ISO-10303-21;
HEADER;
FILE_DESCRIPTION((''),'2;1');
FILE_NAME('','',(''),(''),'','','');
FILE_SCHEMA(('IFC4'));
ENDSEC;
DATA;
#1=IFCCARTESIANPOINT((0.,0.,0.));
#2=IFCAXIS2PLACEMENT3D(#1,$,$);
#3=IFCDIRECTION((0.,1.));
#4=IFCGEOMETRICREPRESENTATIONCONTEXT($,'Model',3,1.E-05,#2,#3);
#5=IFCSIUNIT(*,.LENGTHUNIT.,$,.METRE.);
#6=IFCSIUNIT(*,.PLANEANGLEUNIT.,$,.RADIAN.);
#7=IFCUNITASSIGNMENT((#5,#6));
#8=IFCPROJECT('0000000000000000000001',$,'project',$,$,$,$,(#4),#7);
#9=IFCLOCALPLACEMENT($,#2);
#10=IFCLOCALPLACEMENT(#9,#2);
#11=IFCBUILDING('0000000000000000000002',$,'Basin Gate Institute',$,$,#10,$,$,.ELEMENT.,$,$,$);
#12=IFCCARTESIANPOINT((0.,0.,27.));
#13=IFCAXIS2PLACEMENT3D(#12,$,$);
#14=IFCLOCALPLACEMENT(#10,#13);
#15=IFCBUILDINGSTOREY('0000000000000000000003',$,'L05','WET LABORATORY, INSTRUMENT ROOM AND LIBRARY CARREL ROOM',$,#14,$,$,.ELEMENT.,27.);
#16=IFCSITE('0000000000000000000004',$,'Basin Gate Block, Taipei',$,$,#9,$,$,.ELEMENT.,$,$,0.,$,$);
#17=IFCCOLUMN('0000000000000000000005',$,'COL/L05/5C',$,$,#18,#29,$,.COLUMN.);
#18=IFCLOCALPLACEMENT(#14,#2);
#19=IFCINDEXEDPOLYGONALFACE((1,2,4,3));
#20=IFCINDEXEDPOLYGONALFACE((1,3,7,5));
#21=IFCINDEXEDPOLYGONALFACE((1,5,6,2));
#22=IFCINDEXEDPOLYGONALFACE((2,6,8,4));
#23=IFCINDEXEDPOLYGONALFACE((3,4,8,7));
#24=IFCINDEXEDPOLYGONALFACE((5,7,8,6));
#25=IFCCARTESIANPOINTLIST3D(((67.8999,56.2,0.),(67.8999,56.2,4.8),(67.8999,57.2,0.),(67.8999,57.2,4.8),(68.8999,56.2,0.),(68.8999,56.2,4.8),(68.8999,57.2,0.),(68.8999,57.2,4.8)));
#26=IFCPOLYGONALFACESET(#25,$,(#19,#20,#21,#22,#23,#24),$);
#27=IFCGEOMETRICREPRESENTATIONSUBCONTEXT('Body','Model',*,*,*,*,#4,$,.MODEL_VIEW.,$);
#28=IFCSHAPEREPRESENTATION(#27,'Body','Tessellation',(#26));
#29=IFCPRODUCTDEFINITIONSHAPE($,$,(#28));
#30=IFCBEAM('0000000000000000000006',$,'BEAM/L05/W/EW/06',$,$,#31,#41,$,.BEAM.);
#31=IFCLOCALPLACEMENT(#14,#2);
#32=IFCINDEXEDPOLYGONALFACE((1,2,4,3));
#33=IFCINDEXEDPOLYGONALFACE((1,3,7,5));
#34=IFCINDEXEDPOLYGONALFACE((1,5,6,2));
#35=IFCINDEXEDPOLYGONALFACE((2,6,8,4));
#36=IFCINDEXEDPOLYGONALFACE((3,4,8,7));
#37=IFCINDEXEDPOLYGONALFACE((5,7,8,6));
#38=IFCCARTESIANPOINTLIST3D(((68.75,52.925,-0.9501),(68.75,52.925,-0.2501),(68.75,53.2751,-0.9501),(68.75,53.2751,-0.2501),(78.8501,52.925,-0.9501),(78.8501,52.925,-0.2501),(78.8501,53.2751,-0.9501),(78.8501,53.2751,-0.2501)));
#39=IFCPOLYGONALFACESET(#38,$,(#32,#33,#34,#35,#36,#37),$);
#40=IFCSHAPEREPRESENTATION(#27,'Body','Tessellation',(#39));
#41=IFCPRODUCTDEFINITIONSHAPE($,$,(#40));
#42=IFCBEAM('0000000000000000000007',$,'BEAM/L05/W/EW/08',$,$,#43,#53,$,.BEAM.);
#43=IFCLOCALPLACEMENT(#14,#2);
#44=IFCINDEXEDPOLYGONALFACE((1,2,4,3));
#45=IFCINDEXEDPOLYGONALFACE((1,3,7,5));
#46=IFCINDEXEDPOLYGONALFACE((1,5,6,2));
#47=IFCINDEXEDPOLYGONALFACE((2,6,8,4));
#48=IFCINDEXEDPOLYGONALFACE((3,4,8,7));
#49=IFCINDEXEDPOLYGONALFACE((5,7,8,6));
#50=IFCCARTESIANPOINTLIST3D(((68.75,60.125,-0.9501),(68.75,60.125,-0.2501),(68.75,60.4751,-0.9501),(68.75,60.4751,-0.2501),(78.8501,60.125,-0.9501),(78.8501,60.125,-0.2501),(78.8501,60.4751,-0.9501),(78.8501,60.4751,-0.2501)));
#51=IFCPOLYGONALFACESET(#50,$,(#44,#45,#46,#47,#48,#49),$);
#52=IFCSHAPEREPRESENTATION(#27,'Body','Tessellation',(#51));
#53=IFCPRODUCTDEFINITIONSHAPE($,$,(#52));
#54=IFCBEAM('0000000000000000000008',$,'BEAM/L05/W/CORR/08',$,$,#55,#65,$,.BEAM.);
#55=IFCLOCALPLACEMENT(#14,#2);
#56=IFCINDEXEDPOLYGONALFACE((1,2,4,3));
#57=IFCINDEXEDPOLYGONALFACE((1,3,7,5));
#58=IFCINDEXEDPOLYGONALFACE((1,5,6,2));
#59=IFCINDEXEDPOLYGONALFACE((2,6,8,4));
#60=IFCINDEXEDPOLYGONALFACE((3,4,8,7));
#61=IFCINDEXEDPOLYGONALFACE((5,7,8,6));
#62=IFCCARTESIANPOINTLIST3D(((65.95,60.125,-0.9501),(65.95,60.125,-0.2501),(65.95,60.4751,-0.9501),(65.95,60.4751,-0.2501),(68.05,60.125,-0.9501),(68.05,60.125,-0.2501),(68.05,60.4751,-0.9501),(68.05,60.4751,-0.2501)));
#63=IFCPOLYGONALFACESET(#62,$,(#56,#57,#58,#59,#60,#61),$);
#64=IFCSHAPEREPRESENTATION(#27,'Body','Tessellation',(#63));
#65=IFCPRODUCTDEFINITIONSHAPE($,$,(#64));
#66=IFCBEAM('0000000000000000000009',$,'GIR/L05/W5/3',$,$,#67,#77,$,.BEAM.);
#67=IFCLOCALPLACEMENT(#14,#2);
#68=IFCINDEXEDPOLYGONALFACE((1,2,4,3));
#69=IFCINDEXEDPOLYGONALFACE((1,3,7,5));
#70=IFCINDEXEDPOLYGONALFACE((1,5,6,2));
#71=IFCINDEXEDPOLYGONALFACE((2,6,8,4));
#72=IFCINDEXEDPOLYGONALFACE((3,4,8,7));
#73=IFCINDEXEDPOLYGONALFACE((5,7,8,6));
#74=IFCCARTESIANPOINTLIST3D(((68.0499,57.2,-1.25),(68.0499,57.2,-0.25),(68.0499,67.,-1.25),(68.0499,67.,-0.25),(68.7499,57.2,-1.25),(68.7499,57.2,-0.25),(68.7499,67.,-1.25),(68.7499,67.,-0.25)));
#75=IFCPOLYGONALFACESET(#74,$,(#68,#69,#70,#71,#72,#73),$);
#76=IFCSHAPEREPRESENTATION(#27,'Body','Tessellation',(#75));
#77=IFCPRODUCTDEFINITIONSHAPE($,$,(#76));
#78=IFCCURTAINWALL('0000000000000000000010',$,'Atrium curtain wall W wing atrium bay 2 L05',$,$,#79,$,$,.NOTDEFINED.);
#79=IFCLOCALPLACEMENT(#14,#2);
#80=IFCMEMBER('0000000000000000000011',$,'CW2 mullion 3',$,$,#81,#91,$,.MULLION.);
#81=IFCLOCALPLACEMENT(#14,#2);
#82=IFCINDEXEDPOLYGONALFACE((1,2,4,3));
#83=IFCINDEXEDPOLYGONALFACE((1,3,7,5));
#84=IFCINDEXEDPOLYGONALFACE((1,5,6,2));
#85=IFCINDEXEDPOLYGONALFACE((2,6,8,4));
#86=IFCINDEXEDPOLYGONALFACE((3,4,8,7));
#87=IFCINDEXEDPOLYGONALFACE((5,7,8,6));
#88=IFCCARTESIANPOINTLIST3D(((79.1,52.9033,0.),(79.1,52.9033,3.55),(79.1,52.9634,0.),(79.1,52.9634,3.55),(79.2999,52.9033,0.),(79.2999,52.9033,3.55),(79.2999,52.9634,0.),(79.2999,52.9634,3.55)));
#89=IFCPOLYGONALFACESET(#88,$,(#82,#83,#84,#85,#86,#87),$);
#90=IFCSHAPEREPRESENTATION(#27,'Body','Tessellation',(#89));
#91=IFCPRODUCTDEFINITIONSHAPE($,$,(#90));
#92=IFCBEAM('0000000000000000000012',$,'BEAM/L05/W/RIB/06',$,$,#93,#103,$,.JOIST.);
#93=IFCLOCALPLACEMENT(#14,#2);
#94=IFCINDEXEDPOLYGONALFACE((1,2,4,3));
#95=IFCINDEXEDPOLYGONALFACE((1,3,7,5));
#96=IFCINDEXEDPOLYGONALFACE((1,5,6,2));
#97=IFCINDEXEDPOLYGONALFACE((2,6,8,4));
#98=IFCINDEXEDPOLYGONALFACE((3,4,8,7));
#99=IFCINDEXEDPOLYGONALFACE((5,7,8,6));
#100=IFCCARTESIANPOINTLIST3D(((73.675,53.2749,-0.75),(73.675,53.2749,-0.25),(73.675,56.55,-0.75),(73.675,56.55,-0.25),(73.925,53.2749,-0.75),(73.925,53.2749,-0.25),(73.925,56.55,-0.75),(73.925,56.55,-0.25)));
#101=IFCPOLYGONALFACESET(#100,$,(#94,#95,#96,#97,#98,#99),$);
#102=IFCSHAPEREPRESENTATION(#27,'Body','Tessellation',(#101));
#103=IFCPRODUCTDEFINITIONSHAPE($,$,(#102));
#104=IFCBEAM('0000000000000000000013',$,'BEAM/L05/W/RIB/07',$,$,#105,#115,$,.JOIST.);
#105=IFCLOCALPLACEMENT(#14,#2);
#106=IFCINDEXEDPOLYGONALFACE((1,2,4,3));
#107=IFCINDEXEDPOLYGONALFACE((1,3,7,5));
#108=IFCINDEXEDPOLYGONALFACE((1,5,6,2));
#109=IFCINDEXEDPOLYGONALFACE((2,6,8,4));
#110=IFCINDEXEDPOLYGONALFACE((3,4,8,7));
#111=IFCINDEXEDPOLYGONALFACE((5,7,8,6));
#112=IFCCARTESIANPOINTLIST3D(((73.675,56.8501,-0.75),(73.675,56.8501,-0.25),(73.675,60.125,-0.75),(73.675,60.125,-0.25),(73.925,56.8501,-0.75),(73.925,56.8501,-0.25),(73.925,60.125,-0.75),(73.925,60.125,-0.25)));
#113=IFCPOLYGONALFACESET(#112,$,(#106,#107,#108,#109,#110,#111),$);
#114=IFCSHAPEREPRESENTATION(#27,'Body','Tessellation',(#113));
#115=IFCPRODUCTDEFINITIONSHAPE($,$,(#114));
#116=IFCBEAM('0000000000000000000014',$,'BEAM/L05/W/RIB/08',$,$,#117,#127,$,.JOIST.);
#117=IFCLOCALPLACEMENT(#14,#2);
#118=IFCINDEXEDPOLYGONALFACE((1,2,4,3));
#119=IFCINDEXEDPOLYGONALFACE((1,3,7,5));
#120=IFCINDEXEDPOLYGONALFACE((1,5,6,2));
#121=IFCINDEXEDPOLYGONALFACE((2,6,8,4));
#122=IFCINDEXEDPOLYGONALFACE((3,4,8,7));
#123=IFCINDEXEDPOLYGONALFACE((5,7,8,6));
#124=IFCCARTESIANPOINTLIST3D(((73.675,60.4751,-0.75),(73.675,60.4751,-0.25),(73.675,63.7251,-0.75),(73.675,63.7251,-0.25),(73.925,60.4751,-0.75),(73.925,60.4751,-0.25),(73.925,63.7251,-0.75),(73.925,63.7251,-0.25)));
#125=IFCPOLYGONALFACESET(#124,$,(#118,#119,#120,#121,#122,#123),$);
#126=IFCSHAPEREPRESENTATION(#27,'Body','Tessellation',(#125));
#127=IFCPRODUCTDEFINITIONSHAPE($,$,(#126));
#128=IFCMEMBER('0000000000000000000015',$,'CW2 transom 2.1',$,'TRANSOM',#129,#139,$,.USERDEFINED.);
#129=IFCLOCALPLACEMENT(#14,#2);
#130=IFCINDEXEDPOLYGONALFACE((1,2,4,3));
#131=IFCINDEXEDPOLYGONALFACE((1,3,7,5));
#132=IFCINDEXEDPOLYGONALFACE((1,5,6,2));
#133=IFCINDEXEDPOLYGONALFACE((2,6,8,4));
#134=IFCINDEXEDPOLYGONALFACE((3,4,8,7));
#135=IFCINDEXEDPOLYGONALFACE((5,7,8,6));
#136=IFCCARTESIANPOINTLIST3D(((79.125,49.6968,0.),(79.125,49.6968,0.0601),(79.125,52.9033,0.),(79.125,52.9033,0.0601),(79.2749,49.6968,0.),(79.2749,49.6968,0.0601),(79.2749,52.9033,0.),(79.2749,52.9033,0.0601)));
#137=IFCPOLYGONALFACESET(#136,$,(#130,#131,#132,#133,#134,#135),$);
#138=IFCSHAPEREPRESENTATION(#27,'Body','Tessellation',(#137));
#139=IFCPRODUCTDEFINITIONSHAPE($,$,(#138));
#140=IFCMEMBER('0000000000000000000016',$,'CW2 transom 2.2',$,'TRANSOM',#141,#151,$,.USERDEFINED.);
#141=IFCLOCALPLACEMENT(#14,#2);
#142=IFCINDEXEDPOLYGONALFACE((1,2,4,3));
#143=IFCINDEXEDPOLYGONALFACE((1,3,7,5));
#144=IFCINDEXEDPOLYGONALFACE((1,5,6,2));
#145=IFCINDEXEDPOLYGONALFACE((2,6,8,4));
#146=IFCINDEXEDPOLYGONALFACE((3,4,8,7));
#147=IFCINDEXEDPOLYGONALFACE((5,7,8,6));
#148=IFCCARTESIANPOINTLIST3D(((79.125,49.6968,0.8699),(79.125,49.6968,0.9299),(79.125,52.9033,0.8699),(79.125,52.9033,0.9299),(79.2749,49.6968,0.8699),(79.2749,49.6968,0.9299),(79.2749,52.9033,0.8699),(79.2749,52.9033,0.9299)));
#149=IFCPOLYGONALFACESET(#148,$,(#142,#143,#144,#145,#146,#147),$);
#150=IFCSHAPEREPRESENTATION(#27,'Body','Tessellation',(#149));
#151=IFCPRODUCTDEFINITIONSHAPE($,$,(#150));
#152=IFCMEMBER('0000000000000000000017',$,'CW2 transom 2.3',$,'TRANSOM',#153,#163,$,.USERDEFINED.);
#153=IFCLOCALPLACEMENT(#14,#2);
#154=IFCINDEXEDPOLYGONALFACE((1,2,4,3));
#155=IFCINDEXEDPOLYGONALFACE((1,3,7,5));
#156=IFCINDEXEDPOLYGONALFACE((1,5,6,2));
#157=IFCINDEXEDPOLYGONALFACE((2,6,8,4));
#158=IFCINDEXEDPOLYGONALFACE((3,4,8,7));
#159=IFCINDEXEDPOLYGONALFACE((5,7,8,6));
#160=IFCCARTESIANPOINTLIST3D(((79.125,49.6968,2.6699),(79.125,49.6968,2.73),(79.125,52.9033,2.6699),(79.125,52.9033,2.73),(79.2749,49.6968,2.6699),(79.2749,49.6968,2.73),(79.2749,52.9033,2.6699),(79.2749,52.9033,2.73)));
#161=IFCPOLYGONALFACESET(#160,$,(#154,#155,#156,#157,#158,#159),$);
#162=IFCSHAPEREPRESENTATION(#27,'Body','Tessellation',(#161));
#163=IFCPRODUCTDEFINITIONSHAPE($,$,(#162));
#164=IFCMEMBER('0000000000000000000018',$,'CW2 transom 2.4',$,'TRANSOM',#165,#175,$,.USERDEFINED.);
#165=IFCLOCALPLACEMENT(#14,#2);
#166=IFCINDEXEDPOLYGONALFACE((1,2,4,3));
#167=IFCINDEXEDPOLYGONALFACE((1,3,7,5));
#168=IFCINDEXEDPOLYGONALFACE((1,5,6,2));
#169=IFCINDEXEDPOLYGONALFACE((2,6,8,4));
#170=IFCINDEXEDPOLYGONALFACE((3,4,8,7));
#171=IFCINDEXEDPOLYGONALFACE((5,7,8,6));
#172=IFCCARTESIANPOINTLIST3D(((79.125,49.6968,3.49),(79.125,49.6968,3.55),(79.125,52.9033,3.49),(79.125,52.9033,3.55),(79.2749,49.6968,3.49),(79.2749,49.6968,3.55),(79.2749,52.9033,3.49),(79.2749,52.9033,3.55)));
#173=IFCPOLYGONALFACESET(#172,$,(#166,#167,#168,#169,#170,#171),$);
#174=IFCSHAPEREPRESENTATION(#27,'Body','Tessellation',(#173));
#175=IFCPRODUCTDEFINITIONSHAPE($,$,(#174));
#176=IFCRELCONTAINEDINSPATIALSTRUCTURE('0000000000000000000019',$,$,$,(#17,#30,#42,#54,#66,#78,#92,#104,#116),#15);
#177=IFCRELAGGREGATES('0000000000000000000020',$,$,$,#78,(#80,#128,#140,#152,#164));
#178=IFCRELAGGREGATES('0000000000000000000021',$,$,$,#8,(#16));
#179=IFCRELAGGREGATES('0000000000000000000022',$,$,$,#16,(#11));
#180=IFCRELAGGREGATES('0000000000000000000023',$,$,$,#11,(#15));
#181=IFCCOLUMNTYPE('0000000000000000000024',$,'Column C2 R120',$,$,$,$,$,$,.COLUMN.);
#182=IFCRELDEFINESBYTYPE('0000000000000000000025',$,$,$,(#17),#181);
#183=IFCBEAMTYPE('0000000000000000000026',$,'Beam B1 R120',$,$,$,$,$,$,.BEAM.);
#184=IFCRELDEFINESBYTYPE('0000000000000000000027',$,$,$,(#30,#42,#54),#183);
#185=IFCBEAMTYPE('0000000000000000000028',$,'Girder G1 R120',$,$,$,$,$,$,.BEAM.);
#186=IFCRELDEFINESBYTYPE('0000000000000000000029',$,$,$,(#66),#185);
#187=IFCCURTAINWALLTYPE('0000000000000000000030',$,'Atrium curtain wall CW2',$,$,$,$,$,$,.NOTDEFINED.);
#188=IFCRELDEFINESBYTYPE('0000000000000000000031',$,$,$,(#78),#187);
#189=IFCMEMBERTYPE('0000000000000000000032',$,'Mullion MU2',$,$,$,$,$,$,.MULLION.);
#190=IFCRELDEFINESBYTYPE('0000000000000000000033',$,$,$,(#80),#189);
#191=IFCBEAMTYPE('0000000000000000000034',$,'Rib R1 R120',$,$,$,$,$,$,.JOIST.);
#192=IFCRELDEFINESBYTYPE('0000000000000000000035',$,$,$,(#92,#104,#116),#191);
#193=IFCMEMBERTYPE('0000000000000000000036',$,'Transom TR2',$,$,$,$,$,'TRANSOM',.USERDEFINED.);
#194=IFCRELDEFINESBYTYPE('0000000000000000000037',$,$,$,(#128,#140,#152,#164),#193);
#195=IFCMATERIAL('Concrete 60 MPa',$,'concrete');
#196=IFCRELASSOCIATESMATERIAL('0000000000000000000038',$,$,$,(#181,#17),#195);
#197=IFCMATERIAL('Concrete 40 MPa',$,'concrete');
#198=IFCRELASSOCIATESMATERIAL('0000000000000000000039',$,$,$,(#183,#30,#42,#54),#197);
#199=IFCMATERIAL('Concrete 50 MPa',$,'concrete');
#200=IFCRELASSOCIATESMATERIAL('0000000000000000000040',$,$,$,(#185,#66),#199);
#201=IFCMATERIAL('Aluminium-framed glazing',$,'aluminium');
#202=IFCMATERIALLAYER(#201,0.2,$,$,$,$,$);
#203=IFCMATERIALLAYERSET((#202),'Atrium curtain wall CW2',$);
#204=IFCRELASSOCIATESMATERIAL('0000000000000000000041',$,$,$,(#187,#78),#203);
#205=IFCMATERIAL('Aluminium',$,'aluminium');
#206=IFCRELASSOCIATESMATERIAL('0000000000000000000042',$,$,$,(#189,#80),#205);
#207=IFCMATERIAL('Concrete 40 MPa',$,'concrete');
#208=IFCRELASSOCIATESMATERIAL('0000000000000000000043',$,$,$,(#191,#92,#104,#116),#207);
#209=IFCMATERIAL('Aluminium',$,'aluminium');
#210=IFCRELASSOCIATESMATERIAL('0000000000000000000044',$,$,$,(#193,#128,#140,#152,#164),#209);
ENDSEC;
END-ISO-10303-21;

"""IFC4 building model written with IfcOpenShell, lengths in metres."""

from ifc_helpers import new_model, si_unit, direction, frame, origin, origin_2d, place, context, subcontext, project, spatial, rectangle, extrude, material, layer, layer_set, material_profile, profile_set, type_object, element, aggregate, save


model = new_model("IFC4")

# Units and contexts
model_context = context("Model", 3, precision=1e-05, world=origin(), true_north=direction((0.0, 1.0)))
body_context = subcontext(model_context, "Body", "Model", "MODEL_VIEW")
ifc_project = project(units=[si_unit("LENGTHUNIT", "METRE"), si_unit("PLANEANGLEUNIT", "RADIAN")], contexts=[model_context])

# Site, building, storey
site_placement = place(None, origin())
site = spatial("IfcSite", under=ifc_project, at=site_placement, Name="Basin Gate Block, Taipei", CompositionType="ELEMENT", RefElevation=0.0)
building_placement = place(site_placement, origin())
building = spatial("IfcBuilding", under=site, at=building_placement, Name="Basin Gate Institute", CompositionType="ELEMENT")
storey_placement = place(building_placement, frame((0.0, 0.0, 27.0)))
storey = spatial("IfcBuildingStorey", under=building, at=storey_placement, Name="L05", Description="WET LABORATORY, INSTRUMENT ROOM AND LIBRARY CARREL ROOM", CompositionType="ELEMENT", Elevation=27.0)

# Column
ifc_material_1 = material(Name="Concrete 60 MPa", Category="concrete")
ifc_material_profile_1 = material_profile(ifc_material_1, rectangle(XDim=1.0, YDim=1.0, at=origin_2d()), Name="Column C2 1000 x 1000")
ifc_profile_set_1 = profile_set([ifc_material_profile_1], Name="Concrete 60 MPa")
column_type = type_object("IfcColumnType", Name="Column C2 R120", PredefinedType="COLUMN", material=ifc_profile_set_1)
column_placement = place(storey_placement, frame((68.3999, 56.7, 0.0), z_axis=(0.0, 0.0, 1.0), x_axis=(1.0, 0.0, 0.0)))
element("IfcColumn", 1, at=column_placement, inside=storey, type_object=column_type, material=ifc_profile_set_1, Name="COL/L05/5C", PredefinedType="COLUMN", context=body_context, shape_type="SweptSolid", body=[
    extrude(rectangle(XDim=1.0, YDim=1.0, at=origin_2d()), origin(), (0.0, 0.0, 1.0), 4.8),
])

# Beams
ifc_material_2 = material(Name="Concrete 40 MPa", Category="concrete")
ifc_material_profile_2 = material_profile(ifc_material_2, rectangle(XDim=0.3501, YDim=0.7, at=origin_2d()), Name="Beam B1 350 x 700")
ifc_profile_set_2 = profile_set([ifc_material_profile_2], Name="Concrete 40 MPa")
beam_type_1 = type_object("IfcBeamType", Name="Beam B1 R120", PredefinedType="BEAM", material=ifc_profile_set_2)
for number, where, z_axis, x_axis, name in (
    (2, (68.75, 53.1001, -0.6001), (1.0, 0.0, 0.0), (0.0, 1.0, 0.0), "BEAM/L05/W/EW/06"),
    (3, (68.75, 60.3, -0.6001), (1.0, 0.0, 0.0), (0.0, 1.0, 0.0), "BEAM/L05/W/EW/08"),
):
    element("IfcBeam", number, at=place(storey_placement, frame(where, z_axis=z_axis, x_axis=x_axis)), inside=storey, type_object=beam_type_1, material=ifc_profile_set_2, Name=name, PredefinedType="BEAM", context=body_context, shape_type="SweptSolid", body=[
        extrude(rectangle(XDim=0.3501, YDim=0.7, at=origin_2d()), origin(), (0.0, 0.0, 1.0), 10.1001),
    ])
beam_1_placement = place(storey_placement, frame((65.95, 60.3, -0.6001), z_axis=(1.0, 0.0, 0.0), x_axis=(0.0, 1.0, 0.0)))
element("IfcBeam", 4, at=beam_1_placement, inside=storey, type_object=beam_type_1, material=ifc_profile_set_2, Name="BEAM/L05/W/CORR/08", PredefinedType="BEAM", context=body_context, shape_type="SweptSolid", body=[
    extrude(rectangle(XDim=0.3501, YDim=0.7, at=origin_2d()), origin(), (0.0, 0.0, 1.0), 2.1001),
])
ifc_material_3 = material(Name="Concrete 50 MPa", Category="concrete")
ifc_material_profile_3 = material_profile(ifc_material_3, rectangle(XDim=0.7, YDim=1.0, at=origin_2d()), Name="Girder G1 700 x 1000")
ifc_profile_set_3 = profile_set([ifc_material_profile_3], Name="Concrete 50 MPa")
beam_type_2 = type_object("IfcBeamType", Name="Girder G1 R120", PredefinedType="BEAM", material=ifc_profile_set_3)
beam_2_placement = place(storey_placement, frame((68.3999, 57.2, -0.75), z_axis=(0.0, 1.0, 0.0), x_axis=(-1.0, 0.0, 0.0)))
element("IfcBeam", 5, at=beam_2_placement, inside=storey, type_object=beam_type_2, material=ifc_profile_set_3, Name="GIR/L05/W5/3", PredefinedType="BEAM", context=body_context, shape_type="SweptSolid", body=[
    extrude(rectangle(XDim=0.7, YDim=1.0, at=origin_2d()), origin(), (0.0, 0.0, 1.0), 9.8),
])

# Curtain wall, member
ifc_material_4 = material(Name="Aluminium-framed glazing", Category="aluminium")
ifc_layer_1 = layer(ifc_material_4, 0.2)
ifc_layer_set_1 = layer_set([ifc_layer_1], Name="Atrium curtain wall CW2")
curtain_wall_type = type_object("IfcCurtainWallType", Name="Atrium curtain wall CW2", PredefinedType="NOTDEFINED", material=ifc_layer_set_1)
curtain_wall_placement = place(storey_placement, origin())
curtain_wall = element("IfcCurtainWall", 6, at=curtain_wall_placement, inside=storey, type_object=curtain_wall_type, material=ifc_layer_set_1, Name="Atrium curtain wall W wing atrium bay 2 L05", PredefinedType="NOTDEFINED")
ifc_material_5 = material(Name="Aluminium", Category="aluminium")
ifc_material_profile_4 = material_profile(ifc_material_5, rectangle(XDim=0.2, YDim=0.0601, at=origin_2d()), Name="Mullion MU2 200 x 60")
ifc_profile_set_4 = profile_set([ifc_material_profile_4], Name="Aluminium")
member_type_1 = type_object("IfcMemberType", Name="Mullion MU2", PredefinedType="MULLION", material=ifc_profile_set_4)
member_1_placement = place(storey_placement, frame((79.2, 52.9333, 0.0), z_axis=(0.0, 0.0, 1.0), x_axis=(-1.0, 0.0, 0.0)))
member_1 = element("IfcMember", 7, at=member_1_placement, type_object=member_type_1, material=ifc_profile_set_4, Name="CW2 mullion 3", PredefinedType="MULLION", context=body_context, shape_type="SweptSolid", body=[
    extrude(rectangle(XDim=0.2, YDim=0.0601, at=origin_2d()), origin(), (0.0, 0.0, 1.0), 3.55),
])

# Beams
ifc_material_6 = material(Name="Concrete 40 MPa", Category="concrete")
ifc_material_profile_5 = material_profile(ifc_material_6, rectangle(XDim=0.25, YDim=0.5, at=origin_2d()), Name="Rib R1 250 x 500")
ifc_profile_set_5 = profile_set([ifc_material_profile_5], Name="Concrete 40 MPa")
beam_type_3 = type_object("IfcBeamType", Name="Rib R1 R120", PredefinedType="JOIST", material=ifc_profile_set_5)
beam_3_placement = place(storey_placement, frame((73.8, 53.2749, -0.5), z_axis=(0.0, 1.0, 0.0), x_axis=(-1.0, 0.0, 0.0)))
element("IfcBeam", 8, at=beam_3_placement, inside=storey, type_object=beam_type_3, material=ifc_profile_set_5, Name="BEAM/L05/W/RIB/06", PredefinedType="JOIST", context=body_context, shape_type="SweptSolid", body=[
    extrude(rectangle(XDim=0.25, YDim=0.5, at=origin_2d()), origin(), (0.0, 0.0, 1.0), 3.2751),
])
beam_4_placement = place(storey_placement, frame((73.8, 56.8501, -0.5), z_axis=(0.0, 1.0, 0.0), x_axis=(-1.0, 0.0, 0.0)))
element("IfcBeam", 9, at=beam_4_placement, inside=storey, type_object=beam_type_3, material=ifc_profile_set_5, Name="BEAM/L05/W/RIB/07", PredefinedType="JOIST", context=body_context, shape_type="SweptSolid", body=[
    extrude(rectangle(XDim=0.25, YDim=0.5, at=origin_2d()), origin(), (0.0, 0.0, 1.0), 3.2749),
])
beam_5_placement = place(storey_placement, frame((73.8, 60.4751, -0.5), z_axis=(0.0, 1.0, 0.0), x_axis=(-1.0, 0.0, 0.0)))
element("IfcBeam", 10, at=beam_5_placement, inside=storey, type_object=beam_type_3, material=ifc_profile_set_5, Name="BEAM/L05/W/RIB/08", PredefinedType="JOIST", context=body_context, shape_type="SweptSolid", body=[
    extrude(rectangle(XDim=0.25, YDim=0.5, at=origin_2d()), origin(), (0.0, 0.0, 1.0), 3.25),
])

# Members
ifc_material_7 = material(Name="Aluminium", Category="aluminium")
ifc_material_profile_6 = material_profile(ifc_material_7, rectangle(XDim=0.1499, YDim=0.0601, at=origin_2d()), Name="Transom TR2 150 x 60")
ifc_profile_set_6 = profile_set([ifc_material_profile_6], Name="Aluminium")
member_type_2 = type_object("IfcMemberType", Name="Transom TR2", ElementType="TRANSOM", PredefinedType="USERDEFINED", material=ifc_profile_set_6)
member_2_placement = place(storey_placement, frame((79.2, 49.6968, 0.03), z_axis=(0.0, 1.0, 0.0), x_axis=(-1.0, 0.0, 0.0)))
member_2 = element("IfcMember", 11, at=member_2_placement, type_object=member_type_2, material=ifc_profile_set_6, Name="CW2 transom 2.1", ObjectType="TRANSOM", PredefinedType="USERDEFINED", context=body_context, shape_type="SweptSolid", body=[
    extrude(rectangle(XDim=0.1499, YDim=0.0601, at=origin_2d()), origin(), (0.0, 0.0, 1.0), 3.2065),
])
member_3_placement = place(storey_placement, frame((79.2, 49.6968, 0.8999), z_axis=(0.0, 1.0, 0.0), x_axis=(-1.0, 0.0, 0.0)))
member_3 = element("IfcMember", 12, at=member_3_placement, type_object=member_type_2, material=ifc_profile_set_6, Name="CW2 transom 2.2", ObjectType="TRANSOM", PredefinedType="USERDEFINED", context=body_context, shape_type="SweptSolid", body=[
    extrude(rectangle(XDim=0.1499, YDim=0.0601, at=origin_2d()), origin(), (0.0, 0.0, 1.0), 3.2065),
])
member_4_placement = place(storey_placement, frame((79.2, 49.6968, 2.7), z_axis=(0.0, 1.0, 0.0), x_axis=(-1.0, 0.0, 0.0)))
member_4 = element("IfcMember", 13, at=member_4_placement, type_object=member_type_2, material=ifc_profile_set_6, Name="CW2 transom 2.3", ObjectType="TRANSOM", PredefinedType="USERDEFINED", context=body_context, shape_type="SweptSolid", body=[
    extrude(rectangle(XDim=0.1499, YDim=0.0601, at=origin_2d()), origin(), (0.0, 0.0, 1.0), 3.2065),
])
member_5_placement = place(storey_placement, frame((79.2, 49.6968, 3.52), z_axis=(0.0, 1.0, 0.0), x_axis=(-1.0, 0.0, 0.0)))
member_5 = element("IfcMember", 14, at=member_5_placement, type_object=member_type_2, material=ifc_profile_set_6, Name="CW2 transom 2.4", ObjectType="TRANSOM", PredefinedType="USERDEFINED", context=body_context, shape_type="SweptSolid", body=[
    extrude(rectangle(XDim=0.1499, YDim=0.0601, at=origin_2d()), origin(), (0.0, 0.0, 1.0), 3.2065),
])

aggregate(curtain_wall, [member_1, member_2, member_3, member_4, member_5])

save(model, "model.ifc")
